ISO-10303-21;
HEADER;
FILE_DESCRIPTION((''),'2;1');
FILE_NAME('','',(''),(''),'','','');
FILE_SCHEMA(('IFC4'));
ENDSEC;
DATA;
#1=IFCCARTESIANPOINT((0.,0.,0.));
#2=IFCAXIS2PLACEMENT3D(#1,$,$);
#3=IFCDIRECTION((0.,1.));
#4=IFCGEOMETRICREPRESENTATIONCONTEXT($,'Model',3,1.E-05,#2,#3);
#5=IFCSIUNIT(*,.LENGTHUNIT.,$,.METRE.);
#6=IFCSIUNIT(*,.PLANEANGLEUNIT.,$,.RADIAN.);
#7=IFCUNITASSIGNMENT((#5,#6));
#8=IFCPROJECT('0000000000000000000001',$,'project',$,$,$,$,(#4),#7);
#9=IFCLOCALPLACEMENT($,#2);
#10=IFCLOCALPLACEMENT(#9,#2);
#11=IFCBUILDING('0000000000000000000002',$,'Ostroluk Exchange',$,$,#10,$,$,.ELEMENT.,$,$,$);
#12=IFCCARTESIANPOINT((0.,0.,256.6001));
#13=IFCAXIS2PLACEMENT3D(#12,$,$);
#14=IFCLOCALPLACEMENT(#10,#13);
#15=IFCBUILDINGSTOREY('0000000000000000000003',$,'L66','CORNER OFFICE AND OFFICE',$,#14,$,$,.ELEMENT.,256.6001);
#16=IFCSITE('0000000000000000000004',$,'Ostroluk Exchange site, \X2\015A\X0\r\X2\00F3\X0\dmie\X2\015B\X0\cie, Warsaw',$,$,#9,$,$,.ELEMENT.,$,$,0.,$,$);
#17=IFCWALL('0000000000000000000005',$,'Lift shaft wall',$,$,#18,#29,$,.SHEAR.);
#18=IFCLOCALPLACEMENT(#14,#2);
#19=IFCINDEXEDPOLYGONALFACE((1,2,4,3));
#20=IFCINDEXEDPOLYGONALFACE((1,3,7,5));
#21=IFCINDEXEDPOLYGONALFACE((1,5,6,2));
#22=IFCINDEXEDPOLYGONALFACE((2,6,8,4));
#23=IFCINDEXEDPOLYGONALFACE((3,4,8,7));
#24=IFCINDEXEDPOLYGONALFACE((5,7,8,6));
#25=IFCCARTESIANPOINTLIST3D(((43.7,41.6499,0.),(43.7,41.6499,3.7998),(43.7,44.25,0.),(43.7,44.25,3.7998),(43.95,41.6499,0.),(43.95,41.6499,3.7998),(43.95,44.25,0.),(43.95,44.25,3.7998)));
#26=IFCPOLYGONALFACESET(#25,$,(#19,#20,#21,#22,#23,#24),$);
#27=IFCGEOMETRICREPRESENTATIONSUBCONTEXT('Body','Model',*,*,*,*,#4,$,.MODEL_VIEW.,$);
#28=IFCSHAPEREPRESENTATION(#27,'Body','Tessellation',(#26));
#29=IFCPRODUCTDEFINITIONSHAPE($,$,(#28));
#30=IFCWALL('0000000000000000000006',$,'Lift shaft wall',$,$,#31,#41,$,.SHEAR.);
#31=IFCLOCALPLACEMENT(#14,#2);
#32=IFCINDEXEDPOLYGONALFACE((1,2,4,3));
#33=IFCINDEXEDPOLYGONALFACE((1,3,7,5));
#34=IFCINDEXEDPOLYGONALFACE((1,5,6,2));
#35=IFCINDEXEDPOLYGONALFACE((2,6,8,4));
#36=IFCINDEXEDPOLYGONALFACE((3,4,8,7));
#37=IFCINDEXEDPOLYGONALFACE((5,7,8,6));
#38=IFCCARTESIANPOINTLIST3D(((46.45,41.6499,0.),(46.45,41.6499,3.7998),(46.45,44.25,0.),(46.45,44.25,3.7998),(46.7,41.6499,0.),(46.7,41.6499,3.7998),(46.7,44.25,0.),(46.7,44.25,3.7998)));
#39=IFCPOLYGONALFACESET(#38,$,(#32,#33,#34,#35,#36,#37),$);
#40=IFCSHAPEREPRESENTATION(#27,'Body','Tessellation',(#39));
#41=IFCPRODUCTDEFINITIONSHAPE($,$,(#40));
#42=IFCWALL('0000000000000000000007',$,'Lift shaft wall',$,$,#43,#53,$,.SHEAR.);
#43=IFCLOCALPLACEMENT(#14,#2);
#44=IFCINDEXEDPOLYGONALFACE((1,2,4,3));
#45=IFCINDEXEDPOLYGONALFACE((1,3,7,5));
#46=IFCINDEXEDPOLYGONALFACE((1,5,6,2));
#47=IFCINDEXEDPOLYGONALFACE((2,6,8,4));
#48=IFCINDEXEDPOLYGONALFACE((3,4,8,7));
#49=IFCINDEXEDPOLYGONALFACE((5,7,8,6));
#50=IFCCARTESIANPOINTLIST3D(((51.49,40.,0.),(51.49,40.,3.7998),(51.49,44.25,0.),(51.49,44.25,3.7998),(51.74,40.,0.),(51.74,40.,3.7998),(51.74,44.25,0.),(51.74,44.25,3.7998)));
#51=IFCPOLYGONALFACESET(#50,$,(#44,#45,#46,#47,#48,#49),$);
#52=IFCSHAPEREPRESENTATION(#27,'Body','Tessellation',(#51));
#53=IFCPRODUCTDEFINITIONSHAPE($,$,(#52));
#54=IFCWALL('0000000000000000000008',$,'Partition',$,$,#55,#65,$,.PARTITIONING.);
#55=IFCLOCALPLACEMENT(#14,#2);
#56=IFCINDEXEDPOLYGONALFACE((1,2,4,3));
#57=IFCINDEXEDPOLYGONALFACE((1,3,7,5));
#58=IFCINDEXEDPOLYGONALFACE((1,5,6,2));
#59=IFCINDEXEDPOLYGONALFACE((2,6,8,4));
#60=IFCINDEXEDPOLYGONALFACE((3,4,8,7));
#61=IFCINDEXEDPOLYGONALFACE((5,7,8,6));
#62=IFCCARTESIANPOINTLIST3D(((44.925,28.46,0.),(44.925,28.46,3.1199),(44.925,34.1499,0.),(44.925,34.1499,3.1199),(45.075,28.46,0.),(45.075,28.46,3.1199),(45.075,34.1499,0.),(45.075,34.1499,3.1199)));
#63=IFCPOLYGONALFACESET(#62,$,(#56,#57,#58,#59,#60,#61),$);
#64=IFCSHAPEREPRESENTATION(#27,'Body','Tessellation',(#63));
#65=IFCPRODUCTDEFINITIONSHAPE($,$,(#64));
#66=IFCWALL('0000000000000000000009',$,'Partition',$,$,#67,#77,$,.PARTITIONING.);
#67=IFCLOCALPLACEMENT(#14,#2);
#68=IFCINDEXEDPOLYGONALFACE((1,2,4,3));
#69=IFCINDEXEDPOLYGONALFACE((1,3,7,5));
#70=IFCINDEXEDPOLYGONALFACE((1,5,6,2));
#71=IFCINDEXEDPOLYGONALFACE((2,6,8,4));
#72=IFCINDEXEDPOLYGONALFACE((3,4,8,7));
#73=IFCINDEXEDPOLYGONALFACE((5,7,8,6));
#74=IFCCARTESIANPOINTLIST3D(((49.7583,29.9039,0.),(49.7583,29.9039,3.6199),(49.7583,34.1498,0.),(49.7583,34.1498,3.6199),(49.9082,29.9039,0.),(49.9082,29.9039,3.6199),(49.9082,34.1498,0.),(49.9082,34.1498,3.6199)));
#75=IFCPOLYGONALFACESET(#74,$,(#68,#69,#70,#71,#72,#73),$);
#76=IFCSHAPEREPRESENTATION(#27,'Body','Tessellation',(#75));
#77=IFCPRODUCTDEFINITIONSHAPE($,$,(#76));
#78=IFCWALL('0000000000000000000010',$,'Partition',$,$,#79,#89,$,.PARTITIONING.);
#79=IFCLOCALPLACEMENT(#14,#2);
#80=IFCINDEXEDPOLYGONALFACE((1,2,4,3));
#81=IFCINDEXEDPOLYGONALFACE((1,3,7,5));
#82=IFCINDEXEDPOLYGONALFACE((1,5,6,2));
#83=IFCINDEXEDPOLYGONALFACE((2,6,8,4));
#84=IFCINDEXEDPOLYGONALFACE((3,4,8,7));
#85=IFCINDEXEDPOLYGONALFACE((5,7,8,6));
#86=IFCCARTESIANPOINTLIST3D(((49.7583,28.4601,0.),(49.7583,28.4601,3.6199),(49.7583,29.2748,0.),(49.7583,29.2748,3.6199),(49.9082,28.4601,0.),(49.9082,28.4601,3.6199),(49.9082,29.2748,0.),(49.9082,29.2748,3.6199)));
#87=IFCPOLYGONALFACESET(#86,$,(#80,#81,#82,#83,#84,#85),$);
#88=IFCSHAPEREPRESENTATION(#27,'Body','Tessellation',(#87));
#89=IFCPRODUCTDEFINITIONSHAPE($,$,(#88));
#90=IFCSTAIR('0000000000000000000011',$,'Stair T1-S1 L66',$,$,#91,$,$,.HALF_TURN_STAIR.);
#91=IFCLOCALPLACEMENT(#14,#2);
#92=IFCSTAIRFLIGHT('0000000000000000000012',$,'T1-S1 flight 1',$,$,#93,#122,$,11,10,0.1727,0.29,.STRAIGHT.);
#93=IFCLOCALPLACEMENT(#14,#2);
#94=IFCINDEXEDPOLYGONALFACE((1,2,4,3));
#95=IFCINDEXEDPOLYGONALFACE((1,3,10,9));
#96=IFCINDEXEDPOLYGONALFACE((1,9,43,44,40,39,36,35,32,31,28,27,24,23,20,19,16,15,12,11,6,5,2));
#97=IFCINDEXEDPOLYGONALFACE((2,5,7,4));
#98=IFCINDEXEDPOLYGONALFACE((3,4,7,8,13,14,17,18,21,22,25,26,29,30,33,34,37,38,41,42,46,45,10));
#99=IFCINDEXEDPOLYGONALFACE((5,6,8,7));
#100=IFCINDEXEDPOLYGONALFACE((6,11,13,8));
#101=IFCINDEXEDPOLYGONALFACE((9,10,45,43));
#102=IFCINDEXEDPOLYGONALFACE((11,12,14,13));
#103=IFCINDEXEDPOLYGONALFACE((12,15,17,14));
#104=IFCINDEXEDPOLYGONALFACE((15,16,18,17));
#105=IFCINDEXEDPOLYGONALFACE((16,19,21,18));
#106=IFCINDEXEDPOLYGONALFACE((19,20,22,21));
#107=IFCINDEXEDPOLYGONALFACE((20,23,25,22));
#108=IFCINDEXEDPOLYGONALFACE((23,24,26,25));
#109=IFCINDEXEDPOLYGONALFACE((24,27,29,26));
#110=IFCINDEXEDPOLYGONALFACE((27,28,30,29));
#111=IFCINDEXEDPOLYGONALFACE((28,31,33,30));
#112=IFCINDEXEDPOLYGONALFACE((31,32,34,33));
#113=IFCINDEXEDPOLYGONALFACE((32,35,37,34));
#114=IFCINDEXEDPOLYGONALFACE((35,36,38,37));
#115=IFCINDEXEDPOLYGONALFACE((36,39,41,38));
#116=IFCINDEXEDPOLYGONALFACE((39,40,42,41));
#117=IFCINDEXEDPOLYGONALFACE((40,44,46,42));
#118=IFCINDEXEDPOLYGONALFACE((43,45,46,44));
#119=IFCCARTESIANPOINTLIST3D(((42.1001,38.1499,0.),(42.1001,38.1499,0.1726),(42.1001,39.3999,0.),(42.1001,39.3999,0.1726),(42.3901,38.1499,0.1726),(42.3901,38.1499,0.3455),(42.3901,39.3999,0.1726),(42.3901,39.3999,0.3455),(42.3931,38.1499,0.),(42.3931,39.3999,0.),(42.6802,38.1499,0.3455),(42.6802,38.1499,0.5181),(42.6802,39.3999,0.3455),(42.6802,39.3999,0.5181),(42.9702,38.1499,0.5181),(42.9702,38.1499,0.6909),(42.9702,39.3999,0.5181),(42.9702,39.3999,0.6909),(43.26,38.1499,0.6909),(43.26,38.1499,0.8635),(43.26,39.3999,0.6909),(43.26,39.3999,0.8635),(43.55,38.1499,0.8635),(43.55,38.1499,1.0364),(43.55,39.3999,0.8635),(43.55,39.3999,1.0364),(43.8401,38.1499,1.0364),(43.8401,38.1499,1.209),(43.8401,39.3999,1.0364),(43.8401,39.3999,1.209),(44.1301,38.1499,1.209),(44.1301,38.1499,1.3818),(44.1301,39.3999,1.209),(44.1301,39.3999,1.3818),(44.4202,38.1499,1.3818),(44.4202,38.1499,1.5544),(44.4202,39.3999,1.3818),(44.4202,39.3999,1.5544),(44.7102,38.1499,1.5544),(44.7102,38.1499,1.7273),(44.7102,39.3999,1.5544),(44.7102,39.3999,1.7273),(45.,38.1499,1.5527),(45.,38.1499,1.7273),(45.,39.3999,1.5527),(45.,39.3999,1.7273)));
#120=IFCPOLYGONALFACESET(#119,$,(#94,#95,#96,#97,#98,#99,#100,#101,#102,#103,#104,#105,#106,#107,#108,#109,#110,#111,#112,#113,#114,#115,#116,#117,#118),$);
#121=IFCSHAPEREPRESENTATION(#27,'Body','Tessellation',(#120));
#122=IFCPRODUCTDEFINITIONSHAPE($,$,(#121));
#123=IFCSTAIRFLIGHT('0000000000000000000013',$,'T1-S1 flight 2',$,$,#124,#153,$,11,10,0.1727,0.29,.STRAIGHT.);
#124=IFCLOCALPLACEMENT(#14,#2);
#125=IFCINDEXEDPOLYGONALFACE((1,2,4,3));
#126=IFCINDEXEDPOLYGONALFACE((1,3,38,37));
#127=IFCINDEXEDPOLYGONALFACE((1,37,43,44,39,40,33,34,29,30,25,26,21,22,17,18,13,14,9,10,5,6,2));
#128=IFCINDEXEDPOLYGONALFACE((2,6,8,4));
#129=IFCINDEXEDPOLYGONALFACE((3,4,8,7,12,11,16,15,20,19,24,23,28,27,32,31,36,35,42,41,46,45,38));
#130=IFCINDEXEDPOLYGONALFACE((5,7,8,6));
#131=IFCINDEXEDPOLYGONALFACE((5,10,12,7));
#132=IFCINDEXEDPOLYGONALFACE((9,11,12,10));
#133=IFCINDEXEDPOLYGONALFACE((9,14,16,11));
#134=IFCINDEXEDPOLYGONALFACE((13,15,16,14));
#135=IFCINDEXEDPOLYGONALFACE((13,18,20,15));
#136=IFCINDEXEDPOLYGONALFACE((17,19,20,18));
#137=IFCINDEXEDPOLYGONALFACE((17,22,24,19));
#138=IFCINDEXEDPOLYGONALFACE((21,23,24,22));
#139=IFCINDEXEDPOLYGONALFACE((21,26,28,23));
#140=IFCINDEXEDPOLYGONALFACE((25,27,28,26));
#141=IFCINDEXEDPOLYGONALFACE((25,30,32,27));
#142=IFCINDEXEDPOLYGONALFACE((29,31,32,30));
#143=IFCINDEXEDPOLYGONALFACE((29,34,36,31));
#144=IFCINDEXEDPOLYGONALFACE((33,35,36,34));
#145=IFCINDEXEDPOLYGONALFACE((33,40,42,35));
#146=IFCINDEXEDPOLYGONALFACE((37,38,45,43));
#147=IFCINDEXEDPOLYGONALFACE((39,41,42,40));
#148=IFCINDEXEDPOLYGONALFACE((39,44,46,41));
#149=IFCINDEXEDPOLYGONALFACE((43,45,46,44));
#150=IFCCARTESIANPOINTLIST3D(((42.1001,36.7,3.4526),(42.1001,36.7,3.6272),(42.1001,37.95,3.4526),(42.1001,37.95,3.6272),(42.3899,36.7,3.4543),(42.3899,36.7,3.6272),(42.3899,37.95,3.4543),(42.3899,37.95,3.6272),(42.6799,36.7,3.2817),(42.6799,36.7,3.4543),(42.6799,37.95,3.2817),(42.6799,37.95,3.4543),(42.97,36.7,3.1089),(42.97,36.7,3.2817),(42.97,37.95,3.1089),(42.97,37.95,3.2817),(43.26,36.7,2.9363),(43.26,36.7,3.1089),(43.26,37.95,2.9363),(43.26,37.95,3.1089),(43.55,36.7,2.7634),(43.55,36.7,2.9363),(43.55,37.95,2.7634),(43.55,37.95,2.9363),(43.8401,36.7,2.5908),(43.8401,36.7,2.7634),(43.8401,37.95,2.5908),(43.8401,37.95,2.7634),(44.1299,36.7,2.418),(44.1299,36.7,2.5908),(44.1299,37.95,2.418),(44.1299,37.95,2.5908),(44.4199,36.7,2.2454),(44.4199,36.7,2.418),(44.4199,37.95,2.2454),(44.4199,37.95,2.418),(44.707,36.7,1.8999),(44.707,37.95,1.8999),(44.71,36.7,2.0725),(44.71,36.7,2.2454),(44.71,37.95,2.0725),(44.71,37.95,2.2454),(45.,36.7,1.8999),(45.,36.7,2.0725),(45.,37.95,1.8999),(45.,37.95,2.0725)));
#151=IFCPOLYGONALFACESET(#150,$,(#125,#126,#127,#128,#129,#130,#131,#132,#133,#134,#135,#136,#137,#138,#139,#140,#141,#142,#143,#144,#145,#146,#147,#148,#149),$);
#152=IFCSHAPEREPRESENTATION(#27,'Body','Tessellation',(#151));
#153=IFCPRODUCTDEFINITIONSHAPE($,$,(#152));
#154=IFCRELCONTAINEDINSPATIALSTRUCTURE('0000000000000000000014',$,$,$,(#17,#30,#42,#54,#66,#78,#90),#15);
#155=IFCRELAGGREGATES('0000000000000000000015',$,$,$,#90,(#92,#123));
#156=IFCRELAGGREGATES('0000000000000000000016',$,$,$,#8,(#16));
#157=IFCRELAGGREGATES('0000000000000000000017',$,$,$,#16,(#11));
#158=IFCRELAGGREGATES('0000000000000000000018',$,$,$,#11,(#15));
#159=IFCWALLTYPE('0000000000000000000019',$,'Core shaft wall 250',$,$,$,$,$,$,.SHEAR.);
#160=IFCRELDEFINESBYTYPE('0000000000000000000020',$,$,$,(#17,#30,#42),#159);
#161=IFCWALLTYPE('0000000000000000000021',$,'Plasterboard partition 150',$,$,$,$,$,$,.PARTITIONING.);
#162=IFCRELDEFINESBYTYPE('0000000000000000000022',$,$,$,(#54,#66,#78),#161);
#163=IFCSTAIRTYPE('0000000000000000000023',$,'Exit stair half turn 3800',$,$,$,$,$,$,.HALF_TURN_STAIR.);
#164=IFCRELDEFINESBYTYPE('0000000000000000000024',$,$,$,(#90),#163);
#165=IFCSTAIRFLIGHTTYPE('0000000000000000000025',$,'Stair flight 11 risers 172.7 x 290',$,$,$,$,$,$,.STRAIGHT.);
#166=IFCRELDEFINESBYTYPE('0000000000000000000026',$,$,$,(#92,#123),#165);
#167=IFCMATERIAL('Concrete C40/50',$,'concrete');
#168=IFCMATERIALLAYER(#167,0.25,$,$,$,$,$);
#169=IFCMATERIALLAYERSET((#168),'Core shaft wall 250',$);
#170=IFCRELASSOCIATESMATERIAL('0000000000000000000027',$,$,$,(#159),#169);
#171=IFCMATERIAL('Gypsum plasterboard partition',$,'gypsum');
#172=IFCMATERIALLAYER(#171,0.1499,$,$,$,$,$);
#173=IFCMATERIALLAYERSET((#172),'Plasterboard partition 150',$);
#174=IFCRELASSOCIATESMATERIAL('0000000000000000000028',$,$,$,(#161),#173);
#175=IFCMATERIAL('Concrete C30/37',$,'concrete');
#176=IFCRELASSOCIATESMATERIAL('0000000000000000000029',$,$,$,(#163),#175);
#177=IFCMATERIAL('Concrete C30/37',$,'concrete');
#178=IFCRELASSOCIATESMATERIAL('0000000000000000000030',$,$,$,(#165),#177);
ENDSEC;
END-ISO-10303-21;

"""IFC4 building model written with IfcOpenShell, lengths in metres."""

from ifc_helpers import new_model, si_unit, direction, frame, frame_2d, origin, place, context, subcontext, project, spatial, polyline, rectangle, outline, extrude, material, layer, layer_set, type_object, element, aggregate, save


model = new_model("IFC4")

# Units and contexts
model_context = context("Model", 3, precision=1e-05, world=origin(), true_north=direction((0.0, 1.0)))
body_context = subcontext(model_context, "Body", "Model", "MODEL_VIEW")
ifc_project = project(units=[si_unit("LENGTHUNIT", "METRE"), si_unit("PLANEANGLEUNIT", "RADIAN")], contexts=[model_context])

# Site, building, storey
site_placement = place(None, origin())
site = spatial("IfcSite", under=ifc_project, at=site_placement, Name="Ostroluk Exchange site, Śródmieście, Warsaw", CompositionType="ELEMENT", RefElevation=0.0)
building_placement = place(site_placement, origin())
building = spatial("IfcBuilding", under=site, at=building_placement, Name="Ostroluk Exchange", CompositionType="ELEMENT")
storey_placement = place(building_placement, frame((0.0, 0.0, 256.6001)))
storey = spatial("IfcBuildingStorey", under=building, at=storey_placement, Name="L66", Description="CORNER OFFICE AND OFFICE", CompositionType="ELEMENT", Elevation=256.6001)

# Shared definitions
ifc_material_1 = material(Name="Concrete C40/50", Category="concrete")
ifc_layer_1 = layer(ifc_material_1, 0.25)
ifc_layer_set_1 = layer_set([ifc_layer_1], Name="Core shaft wall 250")
wall_type_1 = type_object("IfcWallType", Name="Core shaft wall 250", PredefinedType="SHEAR", material=ifc_layer_set_1)

# Walls
for number, where, z_axis, x_axis, name in (
    (1, (43.825, 44.25, 0.0), (0.0, 0.0, 1.0), (0.0, -1.0, 0.0), "Lift shaft wall"),
    (2, (46.575, 44.25, 0.0), (0.0, 0.0, 1.0), (0.0, -1.0, 0.0), "Lift shaft wall"),
):
    element("IfcWall", number, at=place(storey_placement, frame(where, z_axis=z_axis, x_axis=x_axis)), inside=storey, type_object=wall_type_1, Name=name, PredefinedType="SHEAR", context=body_context, shape_type="SweptSolid", body=[
        extrude(rectangle(XDim=2.6001, YDim=0.25, at=frame_2d((1.3, 0.0))), origin(), (0.0, 0.0, 1.0), 3.7998),
    ])
wall_1_placement = place(storey_placement, frame((51.615, 44.25, 0.0), z_axis=(0.0, 0.0, 1.0), x_axis=(0.0, -1.0, 0.0)))
element("IfcWall", 3, at=wall_1_placement, inside=storey, type_object=wall_type_1, Name="Lift shaft wall", PredefinedType="SHEAR", context=body_context, shape_type="SweptSolid", body=[
    extrude(rectangle(XDim=4.25, YDim=0.25, at=frame_2d((2.125, 0.0))), origin(), (0.0, 0.0, 1.0), 3.7998),
])

# Walls
ifc_material_2 = material(Name="Gypsum plasterboard partition", Category="gypsum")
ifc_layer_2 = layer(ifc_material_2, 0.1499)
ifc_layer_set_2 = layer_set([ifc_layer_2], Name="Plasterboard partition 150")
wall_type_2 = type_object("IfcWallType", Name="Plasterboard partition 150", PredefinedType="PARTITIONING", material=ifc_layer_set_2)
wall_2_placement = place(storey_placement, frame((45.0, 34.1499, 0.0), z_axis=(0.0, 0.0, 1.0), x_axis=(0.0, -1.0, 0.0)))
element("IfcWall", 4, at=wall_2_placement, inside=storey, type_object=wall_type_2, Name="Partition", PredefinedType="PARTITIONING", context=body_context, shape_type="SweptSolid", body=[
    extrude(rectangle(XDim=5.6899, YDim=0.1499, at=frame_2d((2.845, 0.0))), origin(), (0.0, 0.0, 1.0), 3.1199),
])
wall_3_placement = place(storey_placement, frame((49.8333, 34.1499, 0.0), z_axis=(0.0, 0.0, 1.0), x_axis=(0.0, -1.0, 0.0)))
element("IfcWall", 5, at=wall_3_placement, inside=storey, type_object=wall_type_2, Name="Partition", PredefinedType="PARTITIONING", context=body_context, shape_type="SweptSolid", body=[
    extrude(rectangle(XDim=4.2458, YDim=0.1499, at=frame_2d((2.123, 0.0))), origin(), (0.0, 0.0, 1.0), 3.6199),
])
wall_4_placement = place(storey_placement, frame((49.8333, 29.2747, 0.0), z_axis=(0.0, 0.0, 1.0), x_axis=(0.0, -1.0, 0.0)))
element("IfcWall", 6, at=wall_4_placement, inside=storey, type_object=wall_type_2, Name="Partition", PredefinedType="PARTITIONING", context=body_context, shape_type="SweptSolid", body=[
    extrude(rectangle(XDim=0.8147, YDim=0.1499, at=frame_2d((0.4072, 0.0))), origin(), (0.0, 0.0, 1.0), 3.6199),
])

# Stair, stair flights
ifc_material_3 = material(Name="Concrete C30/37", Category="concrete")
stair_type = type_object("IfcStairType", Name="Exit stair half turn 3800", PredefinedType="HALF_TURN_STAIR", material=ifc_material_3)
stair_placement = place(storey_placement, origin())
stair = element("IfcStair", 7, at=stair_placement, inside=storey, type_object=stair_type, Name="Stair T1-S1 L66", PredefinedType="HALF_TURN_STAIR")
ifc_material_4 = material(Name="Concrete C30/37", Category="concrete")
stair_flight_type = type_object("IfcStairFlightType", Name="Stair flight 11 risers 172.7 x 290", PredefinedType="STRAIGHT", material=ifc_material_4)
stair_flight_1_placement = place(storey_placement, frame((42.1001, 38.7749, 0.0), z_axis=(0.0, 0.0, 1.0), x_axis=(1.0, 0.0, 0.0)))
stair_flight_1 = element("IfcStairFlight", 8, at=stair_flight_1_placement, type_object=stair_flight_type, Name="T1-S1 flight 1", NumberOfRisers=11, NumberOfTreads=10, PredefinedType="STRAIGHT", RiserHeight=0.1727, TreadLength=0.29, context=body_context, shape_type="SweptSolid", body=[
    extrude(outline(polyline([(0.0, 0.0), (0.0, 0.1726), (0.29, 0.1726), (0.29, 0.3455), (0.5801, 0.3455), (0.5801, 0.5181), (0.8701, 0.5181), (0.8701, 0.6909), (1.1599, 0.6909), (1.1599, 0.8635), (1.45, 0.8635), (1.45, 1.0364), (1.74, 1.0364), (1.74, 1.209), (2.03, 1.209), (2.03, 1.3818), (2.3201, 1.3818), (2.3201, 1.5544), (2.6101, 1.5544), (2.6101, 1.7273), (2.8999, 1.7273), (2.8999, 1.8999), (2.8999, 1.5527), (0.293, 0.0), (0.0, 0.0)])), frame((0.0, 0.625, 0.0), z_axis=(0.0, -1.0, 0.0), x_axis=(1.0, 0.0, 0.0)), (0.0, 0.0, 1.0), 1.25),
])
stair_flight_2_placement = place(storey_placement, frame((45.0, 37.325, 1.8999), z_axis=(0.0, 0.0, 1.0), x_axis=(-1.0, 0.0, 0.0)))
stair_flight_2 = element("IfcStairFlight", 9, at=stair_flight_2_placement, type_object=stair_flight_type, Name="T1-S1 flight 2", NumberOfRisers=11, NumberOfTreads=10, PredefinedType="STRAIGHT", RiserHeight=0.1727, TreadLength=0.29, context=body_context, shape_type="SweptSolid", body=[
    extrude(outline(polyline([(0.0, 0.0), (0.0, 0.1726), (0.29, 0.1726), (0.29, 0.3455), (0.5801, 0.3455), (0.5801, 0.5181), (0.8701, 0.5181), (0.8701, 0.6909), (1.1599, 0.6909), (1.1599, 0.8635), (1.45, 0.8635), (1.45, 1.0364), (1.74, 1.0364), (1.74, 1.209), (2.03, 1.209), (2.03, 1.3818), (2.3201, 1.3818), (2.3201, 1.5544), (2.6101, 1.5544), (2.6101, 1.7273), (2.8999, 1.7273), (2.8999, 1.8999), (2.8999, 1.5527), (0.293, 0.0), (0.0, 0.0)])), frame((0.0, 0.625, 0.0), z_axis=(0.0, -1.0, 0.0), x_axis=(1.0, 0.0, 0.0)), (0.0, 0.0, 1.0), 1.25),
])
aggregate(stair, [stair_flight_1, stair_flight_2])

save(model, "model.ifc")
